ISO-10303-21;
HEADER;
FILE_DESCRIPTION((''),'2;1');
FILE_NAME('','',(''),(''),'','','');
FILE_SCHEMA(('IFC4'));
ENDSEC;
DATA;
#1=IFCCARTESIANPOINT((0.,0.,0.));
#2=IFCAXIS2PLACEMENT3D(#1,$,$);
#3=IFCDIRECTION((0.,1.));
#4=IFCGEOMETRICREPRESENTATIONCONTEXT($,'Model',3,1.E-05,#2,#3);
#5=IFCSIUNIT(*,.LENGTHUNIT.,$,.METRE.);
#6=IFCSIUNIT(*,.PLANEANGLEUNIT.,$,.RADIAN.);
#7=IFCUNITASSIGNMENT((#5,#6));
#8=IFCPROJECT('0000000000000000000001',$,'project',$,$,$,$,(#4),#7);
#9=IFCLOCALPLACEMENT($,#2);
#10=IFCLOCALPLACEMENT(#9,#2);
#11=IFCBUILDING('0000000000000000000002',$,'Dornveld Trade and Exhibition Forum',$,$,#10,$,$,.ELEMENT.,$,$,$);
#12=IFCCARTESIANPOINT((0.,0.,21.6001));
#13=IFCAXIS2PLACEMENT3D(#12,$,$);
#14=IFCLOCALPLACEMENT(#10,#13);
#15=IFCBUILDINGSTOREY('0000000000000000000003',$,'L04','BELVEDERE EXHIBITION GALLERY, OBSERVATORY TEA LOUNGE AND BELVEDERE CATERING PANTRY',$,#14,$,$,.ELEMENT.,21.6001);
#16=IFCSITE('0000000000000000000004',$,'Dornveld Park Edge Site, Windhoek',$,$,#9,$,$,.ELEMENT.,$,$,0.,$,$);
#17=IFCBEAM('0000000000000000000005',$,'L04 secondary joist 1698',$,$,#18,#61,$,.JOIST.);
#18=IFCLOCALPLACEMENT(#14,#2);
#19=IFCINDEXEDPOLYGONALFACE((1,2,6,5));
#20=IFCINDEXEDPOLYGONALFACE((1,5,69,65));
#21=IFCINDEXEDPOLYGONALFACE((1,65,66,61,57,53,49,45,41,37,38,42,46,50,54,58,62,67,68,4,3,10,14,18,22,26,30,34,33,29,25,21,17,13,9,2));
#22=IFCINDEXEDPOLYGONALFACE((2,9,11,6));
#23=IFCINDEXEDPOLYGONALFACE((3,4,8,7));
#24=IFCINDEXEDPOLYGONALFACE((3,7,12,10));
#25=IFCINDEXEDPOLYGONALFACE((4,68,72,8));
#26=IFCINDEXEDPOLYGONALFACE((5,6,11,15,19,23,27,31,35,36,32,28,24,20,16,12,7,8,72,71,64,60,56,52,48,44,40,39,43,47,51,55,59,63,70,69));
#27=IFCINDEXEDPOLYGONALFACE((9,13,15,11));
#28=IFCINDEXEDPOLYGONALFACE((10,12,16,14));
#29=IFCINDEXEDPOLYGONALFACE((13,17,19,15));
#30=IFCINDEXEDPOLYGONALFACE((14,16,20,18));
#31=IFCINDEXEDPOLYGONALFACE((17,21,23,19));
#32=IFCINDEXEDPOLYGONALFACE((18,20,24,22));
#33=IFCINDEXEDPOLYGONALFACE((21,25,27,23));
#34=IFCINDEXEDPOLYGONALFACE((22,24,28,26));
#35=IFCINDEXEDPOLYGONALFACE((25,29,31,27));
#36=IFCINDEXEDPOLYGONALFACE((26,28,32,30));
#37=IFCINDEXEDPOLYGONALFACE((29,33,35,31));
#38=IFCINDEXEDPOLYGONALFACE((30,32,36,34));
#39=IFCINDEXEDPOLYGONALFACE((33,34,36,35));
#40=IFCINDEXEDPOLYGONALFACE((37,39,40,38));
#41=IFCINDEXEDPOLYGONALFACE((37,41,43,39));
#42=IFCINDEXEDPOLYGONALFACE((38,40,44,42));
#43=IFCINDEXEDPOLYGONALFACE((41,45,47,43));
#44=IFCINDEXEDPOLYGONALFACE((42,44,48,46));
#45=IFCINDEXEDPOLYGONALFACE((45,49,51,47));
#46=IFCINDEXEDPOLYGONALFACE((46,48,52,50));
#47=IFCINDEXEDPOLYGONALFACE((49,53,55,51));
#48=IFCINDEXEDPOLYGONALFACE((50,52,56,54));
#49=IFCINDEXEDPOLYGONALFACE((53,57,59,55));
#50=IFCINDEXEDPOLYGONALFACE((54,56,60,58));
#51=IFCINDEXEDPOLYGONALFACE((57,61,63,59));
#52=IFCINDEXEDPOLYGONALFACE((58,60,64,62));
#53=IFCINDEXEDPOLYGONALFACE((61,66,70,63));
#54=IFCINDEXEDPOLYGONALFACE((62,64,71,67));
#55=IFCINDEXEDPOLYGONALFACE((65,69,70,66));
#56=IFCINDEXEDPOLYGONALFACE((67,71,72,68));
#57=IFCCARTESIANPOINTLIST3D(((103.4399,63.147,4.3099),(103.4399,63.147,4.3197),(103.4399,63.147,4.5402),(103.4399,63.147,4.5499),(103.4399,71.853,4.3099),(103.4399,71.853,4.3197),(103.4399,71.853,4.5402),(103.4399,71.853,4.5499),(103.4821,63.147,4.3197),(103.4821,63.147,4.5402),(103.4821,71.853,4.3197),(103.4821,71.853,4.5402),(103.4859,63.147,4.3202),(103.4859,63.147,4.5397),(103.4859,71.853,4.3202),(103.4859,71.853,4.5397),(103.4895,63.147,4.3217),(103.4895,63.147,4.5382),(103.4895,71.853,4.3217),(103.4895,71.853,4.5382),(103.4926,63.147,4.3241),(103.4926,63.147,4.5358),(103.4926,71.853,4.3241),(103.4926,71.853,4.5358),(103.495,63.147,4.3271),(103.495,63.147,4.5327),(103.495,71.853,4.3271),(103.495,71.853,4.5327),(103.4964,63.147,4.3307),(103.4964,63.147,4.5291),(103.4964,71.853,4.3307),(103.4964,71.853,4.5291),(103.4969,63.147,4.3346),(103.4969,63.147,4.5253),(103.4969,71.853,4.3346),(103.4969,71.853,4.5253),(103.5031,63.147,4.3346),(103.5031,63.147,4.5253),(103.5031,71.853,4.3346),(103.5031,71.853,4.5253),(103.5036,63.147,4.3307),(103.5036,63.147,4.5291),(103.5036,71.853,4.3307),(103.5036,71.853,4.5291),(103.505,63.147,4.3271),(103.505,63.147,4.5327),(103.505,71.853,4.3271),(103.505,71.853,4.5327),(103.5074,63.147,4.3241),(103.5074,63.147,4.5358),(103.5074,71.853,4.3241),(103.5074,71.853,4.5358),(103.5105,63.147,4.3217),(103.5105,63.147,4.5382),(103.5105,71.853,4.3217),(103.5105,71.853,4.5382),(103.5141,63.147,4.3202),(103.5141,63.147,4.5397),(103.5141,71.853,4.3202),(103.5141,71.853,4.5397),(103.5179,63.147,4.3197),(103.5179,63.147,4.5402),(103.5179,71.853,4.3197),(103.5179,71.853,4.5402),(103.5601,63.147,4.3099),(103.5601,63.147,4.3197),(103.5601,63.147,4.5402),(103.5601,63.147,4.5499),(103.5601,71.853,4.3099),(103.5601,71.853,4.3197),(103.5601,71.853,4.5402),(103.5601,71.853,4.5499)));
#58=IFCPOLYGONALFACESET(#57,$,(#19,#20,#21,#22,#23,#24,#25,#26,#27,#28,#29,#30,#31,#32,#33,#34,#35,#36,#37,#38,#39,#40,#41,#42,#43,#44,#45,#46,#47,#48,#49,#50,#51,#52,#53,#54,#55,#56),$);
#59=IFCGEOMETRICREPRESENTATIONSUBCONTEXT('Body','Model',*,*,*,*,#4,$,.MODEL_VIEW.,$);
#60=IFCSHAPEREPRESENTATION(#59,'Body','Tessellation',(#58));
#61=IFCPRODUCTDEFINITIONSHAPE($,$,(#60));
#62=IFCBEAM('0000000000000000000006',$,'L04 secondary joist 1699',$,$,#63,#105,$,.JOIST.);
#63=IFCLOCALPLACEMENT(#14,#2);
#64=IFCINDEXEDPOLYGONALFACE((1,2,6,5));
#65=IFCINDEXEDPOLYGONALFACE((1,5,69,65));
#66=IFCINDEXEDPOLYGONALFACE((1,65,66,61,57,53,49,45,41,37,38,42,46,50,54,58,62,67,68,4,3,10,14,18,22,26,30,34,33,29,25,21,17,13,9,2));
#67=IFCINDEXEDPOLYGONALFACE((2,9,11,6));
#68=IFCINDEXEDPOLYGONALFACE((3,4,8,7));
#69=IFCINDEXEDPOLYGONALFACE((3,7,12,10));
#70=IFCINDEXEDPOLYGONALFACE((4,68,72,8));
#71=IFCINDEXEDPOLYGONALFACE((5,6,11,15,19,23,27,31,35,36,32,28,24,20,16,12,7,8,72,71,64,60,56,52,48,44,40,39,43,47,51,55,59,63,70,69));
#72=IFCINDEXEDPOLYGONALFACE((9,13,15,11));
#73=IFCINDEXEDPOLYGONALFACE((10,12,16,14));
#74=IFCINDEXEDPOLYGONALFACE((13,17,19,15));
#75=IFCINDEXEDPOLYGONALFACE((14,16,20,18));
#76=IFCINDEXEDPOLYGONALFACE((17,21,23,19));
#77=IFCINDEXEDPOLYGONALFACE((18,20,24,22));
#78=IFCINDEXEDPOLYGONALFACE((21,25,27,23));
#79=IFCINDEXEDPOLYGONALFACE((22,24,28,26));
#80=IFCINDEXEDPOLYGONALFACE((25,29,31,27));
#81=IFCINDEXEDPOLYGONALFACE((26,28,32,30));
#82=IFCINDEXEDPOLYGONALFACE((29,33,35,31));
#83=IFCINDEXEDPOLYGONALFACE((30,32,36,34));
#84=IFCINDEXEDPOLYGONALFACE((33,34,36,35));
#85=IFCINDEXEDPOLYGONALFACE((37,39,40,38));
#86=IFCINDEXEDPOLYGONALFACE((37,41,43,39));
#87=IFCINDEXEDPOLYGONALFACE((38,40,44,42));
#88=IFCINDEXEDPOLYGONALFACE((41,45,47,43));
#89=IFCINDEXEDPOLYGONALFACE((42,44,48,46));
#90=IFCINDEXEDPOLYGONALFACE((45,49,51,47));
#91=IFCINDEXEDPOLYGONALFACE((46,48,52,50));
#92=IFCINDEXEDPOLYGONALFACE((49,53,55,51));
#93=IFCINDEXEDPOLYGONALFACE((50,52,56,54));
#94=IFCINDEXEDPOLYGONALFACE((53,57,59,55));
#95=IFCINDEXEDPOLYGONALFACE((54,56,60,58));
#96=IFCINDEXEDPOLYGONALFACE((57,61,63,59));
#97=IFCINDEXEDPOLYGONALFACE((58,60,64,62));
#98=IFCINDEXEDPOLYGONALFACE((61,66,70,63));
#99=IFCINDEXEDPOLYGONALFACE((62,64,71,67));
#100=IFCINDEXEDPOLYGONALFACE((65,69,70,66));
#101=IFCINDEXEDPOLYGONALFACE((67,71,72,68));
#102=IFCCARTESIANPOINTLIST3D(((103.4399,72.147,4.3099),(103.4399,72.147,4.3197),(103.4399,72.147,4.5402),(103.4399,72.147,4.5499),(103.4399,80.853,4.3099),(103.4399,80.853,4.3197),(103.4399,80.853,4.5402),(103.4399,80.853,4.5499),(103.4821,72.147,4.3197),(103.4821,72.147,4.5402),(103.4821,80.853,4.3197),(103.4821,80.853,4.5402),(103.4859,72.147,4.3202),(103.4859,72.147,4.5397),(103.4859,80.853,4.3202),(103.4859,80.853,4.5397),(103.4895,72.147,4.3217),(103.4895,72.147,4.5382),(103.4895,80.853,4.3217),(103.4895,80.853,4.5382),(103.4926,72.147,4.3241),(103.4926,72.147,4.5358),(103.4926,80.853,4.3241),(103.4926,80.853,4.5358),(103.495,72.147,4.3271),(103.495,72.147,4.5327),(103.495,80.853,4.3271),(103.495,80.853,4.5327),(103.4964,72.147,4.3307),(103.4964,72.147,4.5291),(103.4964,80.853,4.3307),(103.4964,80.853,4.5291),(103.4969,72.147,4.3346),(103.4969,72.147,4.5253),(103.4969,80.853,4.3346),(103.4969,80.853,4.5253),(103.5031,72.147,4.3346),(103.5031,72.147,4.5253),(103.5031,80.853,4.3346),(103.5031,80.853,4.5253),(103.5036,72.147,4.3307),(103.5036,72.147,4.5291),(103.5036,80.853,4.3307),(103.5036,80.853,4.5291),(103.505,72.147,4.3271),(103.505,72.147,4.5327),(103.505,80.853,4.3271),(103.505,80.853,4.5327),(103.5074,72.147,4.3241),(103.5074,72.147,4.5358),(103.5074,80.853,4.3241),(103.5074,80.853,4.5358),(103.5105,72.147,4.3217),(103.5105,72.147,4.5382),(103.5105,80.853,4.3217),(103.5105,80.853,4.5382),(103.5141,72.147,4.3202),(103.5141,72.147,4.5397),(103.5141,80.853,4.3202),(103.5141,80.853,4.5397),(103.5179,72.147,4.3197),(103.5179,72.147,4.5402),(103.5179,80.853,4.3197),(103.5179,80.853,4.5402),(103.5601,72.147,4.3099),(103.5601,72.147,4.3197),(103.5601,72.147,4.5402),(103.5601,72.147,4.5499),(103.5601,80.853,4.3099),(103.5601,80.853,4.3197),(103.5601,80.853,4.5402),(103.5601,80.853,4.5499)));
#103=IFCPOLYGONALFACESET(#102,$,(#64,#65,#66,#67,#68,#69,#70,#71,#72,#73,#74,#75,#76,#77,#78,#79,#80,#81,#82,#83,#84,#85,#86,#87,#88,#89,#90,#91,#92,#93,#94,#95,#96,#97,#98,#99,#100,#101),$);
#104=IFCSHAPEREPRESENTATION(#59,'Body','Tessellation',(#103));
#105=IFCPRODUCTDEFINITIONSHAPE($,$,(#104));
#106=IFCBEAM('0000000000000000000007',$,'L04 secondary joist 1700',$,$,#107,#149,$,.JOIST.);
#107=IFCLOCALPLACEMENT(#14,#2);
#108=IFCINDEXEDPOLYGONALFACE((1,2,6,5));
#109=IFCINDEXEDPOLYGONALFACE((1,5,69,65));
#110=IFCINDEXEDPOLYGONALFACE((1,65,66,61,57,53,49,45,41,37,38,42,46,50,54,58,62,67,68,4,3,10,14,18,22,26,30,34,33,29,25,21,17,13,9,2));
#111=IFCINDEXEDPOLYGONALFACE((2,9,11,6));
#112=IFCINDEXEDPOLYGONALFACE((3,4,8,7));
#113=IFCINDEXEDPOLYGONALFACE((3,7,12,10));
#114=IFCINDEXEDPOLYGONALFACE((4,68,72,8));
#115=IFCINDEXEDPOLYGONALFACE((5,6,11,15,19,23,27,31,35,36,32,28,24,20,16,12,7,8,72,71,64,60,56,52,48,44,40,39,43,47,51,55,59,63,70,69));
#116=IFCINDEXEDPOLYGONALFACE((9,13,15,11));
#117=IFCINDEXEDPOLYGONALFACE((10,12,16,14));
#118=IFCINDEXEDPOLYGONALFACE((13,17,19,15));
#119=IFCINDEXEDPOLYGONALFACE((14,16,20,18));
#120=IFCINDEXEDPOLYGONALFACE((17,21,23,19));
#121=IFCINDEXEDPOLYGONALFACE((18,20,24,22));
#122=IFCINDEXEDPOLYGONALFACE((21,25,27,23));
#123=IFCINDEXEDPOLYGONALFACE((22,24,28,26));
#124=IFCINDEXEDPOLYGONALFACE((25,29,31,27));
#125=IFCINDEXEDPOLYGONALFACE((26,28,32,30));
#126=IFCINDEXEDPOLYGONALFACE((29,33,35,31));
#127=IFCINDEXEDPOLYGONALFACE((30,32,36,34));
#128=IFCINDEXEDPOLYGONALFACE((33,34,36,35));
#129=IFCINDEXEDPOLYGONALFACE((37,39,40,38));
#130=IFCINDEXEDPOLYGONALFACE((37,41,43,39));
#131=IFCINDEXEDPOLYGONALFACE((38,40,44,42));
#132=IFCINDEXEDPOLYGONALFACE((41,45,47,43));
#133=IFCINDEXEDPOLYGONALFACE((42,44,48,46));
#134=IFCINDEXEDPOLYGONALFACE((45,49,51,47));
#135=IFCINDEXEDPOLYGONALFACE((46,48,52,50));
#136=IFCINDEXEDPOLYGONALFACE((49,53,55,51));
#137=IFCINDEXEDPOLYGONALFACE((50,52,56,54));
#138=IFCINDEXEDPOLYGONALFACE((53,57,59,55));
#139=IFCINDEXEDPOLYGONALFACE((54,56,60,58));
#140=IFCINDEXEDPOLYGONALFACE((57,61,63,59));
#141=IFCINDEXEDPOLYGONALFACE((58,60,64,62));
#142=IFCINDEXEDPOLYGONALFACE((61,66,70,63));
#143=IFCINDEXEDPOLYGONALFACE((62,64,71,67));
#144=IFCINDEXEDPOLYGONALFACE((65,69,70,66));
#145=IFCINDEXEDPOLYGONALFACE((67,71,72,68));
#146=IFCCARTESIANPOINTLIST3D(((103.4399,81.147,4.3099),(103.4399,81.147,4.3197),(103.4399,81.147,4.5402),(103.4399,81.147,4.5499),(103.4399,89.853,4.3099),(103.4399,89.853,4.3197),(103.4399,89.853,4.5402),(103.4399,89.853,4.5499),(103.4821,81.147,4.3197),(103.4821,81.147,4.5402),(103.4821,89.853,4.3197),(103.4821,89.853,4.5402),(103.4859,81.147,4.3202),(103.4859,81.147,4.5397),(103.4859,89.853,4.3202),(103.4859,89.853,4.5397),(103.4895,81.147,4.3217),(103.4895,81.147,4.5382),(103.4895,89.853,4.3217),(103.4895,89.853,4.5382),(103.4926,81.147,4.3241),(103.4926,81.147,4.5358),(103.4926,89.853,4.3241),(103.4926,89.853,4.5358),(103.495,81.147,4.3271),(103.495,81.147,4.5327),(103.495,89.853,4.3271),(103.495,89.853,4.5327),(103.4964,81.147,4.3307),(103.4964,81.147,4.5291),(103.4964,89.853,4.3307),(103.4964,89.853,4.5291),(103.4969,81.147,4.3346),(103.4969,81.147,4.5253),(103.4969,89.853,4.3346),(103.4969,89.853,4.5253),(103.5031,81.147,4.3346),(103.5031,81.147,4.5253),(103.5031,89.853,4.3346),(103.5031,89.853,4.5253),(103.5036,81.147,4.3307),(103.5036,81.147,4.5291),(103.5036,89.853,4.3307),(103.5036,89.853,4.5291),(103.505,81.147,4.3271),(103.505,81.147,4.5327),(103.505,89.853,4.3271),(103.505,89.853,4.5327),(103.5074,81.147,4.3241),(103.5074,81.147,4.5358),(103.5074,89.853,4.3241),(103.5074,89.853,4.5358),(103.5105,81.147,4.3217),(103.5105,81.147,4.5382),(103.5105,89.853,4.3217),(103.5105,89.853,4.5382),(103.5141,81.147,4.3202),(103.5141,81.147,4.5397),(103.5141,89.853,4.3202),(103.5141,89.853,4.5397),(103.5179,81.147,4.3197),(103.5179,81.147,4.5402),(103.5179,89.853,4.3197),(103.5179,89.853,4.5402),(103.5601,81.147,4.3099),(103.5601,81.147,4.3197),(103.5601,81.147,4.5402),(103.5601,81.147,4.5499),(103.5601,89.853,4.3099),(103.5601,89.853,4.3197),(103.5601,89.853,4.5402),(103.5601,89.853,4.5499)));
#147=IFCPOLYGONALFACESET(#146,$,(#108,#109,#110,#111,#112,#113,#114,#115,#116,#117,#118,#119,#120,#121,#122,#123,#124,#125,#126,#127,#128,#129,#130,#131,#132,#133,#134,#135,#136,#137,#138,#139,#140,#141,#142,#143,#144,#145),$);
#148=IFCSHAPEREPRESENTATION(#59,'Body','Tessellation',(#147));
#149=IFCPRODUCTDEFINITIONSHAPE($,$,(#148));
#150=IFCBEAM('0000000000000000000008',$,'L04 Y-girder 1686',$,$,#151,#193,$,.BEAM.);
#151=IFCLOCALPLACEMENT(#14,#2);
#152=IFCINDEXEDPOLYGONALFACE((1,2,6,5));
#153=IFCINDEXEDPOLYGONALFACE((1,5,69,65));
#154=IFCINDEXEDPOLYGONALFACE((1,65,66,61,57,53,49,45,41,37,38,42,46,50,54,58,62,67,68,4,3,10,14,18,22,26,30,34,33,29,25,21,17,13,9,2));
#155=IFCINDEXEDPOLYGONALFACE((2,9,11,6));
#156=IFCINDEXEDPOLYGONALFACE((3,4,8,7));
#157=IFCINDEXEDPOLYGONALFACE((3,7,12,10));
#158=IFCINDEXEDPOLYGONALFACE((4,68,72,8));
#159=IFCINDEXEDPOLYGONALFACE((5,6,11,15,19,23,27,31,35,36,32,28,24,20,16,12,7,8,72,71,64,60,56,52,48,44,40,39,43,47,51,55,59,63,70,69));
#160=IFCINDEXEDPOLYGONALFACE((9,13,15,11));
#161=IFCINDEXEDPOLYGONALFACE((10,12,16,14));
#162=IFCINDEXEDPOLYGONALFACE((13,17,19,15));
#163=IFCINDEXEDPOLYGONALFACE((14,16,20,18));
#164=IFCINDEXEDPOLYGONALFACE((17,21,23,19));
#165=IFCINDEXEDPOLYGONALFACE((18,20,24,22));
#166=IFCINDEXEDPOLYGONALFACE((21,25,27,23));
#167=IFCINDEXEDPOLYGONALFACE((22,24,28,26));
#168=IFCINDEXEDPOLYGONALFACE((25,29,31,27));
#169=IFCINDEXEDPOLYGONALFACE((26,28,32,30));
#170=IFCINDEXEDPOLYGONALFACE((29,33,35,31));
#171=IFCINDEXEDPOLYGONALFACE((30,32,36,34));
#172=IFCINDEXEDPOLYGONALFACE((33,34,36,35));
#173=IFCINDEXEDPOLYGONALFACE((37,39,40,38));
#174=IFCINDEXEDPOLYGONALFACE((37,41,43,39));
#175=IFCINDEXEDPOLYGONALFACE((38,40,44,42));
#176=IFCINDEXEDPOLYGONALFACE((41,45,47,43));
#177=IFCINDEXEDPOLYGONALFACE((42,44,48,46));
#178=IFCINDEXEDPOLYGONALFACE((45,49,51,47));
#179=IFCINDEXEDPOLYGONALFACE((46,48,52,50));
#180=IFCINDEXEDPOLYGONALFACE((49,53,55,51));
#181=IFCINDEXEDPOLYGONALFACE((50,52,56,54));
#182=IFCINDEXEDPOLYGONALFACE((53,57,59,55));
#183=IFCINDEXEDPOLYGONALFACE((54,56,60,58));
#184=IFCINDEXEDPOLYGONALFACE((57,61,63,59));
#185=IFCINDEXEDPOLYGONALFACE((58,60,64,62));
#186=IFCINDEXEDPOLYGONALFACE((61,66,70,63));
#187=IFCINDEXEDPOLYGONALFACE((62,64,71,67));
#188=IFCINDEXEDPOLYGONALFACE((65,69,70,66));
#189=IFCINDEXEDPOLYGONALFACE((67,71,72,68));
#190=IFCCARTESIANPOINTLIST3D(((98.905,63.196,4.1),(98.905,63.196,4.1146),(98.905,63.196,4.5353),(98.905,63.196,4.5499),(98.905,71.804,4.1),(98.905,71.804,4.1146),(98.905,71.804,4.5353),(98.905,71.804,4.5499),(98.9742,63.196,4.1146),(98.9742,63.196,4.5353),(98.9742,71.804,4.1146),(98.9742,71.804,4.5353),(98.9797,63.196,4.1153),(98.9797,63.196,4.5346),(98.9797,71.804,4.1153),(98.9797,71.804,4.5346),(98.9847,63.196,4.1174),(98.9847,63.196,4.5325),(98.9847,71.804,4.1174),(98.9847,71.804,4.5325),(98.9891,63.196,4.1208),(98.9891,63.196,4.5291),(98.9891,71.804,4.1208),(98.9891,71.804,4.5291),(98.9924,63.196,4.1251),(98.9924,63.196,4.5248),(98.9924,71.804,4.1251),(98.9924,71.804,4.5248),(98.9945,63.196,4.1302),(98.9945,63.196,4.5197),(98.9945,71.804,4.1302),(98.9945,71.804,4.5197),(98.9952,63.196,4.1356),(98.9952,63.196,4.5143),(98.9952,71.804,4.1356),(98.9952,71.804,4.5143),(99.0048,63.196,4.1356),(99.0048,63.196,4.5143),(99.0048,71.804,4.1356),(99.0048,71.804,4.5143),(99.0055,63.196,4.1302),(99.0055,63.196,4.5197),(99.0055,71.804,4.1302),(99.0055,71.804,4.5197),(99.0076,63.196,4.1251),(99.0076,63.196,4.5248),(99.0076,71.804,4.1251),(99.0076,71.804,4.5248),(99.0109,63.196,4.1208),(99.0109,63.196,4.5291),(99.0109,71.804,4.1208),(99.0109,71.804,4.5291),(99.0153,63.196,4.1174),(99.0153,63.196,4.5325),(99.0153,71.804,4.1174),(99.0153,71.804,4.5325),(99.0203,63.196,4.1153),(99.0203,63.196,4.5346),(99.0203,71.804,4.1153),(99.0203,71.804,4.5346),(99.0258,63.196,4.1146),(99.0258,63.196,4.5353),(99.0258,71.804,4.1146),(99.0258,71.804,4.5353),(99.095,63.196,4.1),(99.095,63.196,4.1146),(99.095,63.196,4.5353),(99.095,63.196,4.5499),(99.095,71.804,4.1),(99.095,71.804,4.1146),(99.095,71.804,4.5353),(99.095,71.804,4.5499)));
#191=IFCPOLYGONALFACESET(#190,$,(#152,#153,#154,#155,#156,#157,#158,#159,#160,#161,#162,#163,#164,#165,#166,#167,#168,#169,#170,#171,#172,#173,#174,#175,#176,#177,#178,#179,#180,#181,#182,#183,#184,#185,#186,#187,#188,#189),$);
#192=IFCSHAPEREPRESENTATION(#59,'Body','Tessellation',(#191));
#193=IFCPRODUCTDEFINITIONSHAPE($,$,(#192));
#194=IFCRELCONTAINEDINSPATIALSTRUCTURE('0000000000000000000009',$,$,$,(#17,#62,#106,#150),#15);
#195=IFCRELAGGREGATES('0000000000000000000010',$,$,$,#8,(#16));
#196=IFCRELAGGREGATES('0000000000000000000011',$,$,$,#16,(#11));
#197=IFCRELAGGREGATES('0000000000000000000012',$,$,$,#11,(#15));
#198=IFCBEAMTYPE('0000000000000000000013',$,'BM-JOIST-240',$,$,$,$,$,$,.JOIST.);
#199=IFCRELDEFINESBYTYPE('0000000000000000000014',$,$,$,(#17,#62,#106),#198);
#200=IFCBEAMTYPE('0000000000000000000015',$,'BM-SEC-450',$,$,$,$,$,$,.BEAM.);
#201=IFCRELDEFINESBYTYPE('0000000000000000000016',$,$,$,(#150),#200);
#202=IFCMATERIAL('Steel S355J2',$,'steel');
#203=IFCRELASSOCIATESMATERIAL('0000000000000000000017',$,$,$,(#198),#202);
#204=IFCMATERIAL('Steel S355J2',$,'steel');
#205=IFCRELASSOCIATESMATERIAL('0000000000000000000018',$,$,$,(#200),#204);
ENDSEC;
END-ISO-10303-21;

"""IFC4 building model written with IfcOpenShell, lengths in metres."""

from ifc_helpers import new_model, si_unit, direction, frame, origin, origin_2d, place, context, subcontext, project, spatial, i_section, extrude, material, material_profile, profile_set, type_object, element, save


model = new_model("IFC4")

# Units and contexts
model_context = context("Model", 3, precision=1e-05, world=origin(), true_north=direction((0.0, 1.0)))
body_context = subcontext(model_context, "Body", "Model", "MODEL_VIEW")
ifc_project = project(units=[si_unit("LENGTHUNIT", "METRE"), si_unit("PLANEANGLEUNIT", "RADIAN")], contexts=[model_context])

# Site, building, storey
site_placement = place(None, origin())
site = spatial("IfcSite", under=ifc_project, at=site_placement, Name="Dornveld Park Edge Site, Windhoek", CompositionType="ELEMENT", RefElevation=0.0)
building_placement = place(site_placement, origin())
building = spatial("IfcBuilding", under=site, at=building_placement, Name="Dornveld Trade and Exhibition Forum", CompositionType="ELEMENT")
storey_placement = place(building_placement, frame((0.0, 0.0, 21.6001)))
storey = spatial("IfcBuildingStorey", under=building, at=storey_placement, Name="L04", Description="BELVEDERE EXHIBITION GALLERY, OBSERVATORY TEA LOUNGE AND BELVEDERE CATERING PANTRY", CompositionType="ELEMENT", Elevation=21.6001)

# Beams
ifc_material_1 = material(Name="Steel S355J2", Category="steel")
ifc_material_profile_1 = material_profile(ifc_material_1, i_section(OverallWidth=0.1201, OverallDepth=0.24, WebThickness=0.0061, FlangeThickness=0.0098, FilletRadius=0.0149, at=origin_2d()), Name="IPE 240")
ifc_profile_set_1 = profile_set([ifc_material_profile_1], Name="Steel S355J2")
beam_type_1 = type_object("IfcBeamType", Name="BM-JOIST-240", PredefinedType="JOIST", material=ifc_profile_set_1)
for number, where, z_axis, x_axis, name in (
    (1, (103.5, 63.147, 4.4299), (0.0, 1.0, 0.0), (-1.0, 0.0, 0.0), "L04 secondary joist 1698"),
    (2, (103.5, 72.147, 4.4299), (0.0, 1.0, 0.0), (-1.0, 0.0, 0.0), "L04 secondary joist 1699"),
    (3, (103.5, 81.147, 4.4299), (0.0, 1.0, 0.0), (-1.0, 0.0, 0.0), "L04 secondary joist 1700"),
):
    element("IfcBeam", number, at=place(storey_placement, frame(where, z_axis=z_axis, x_axis=x_axis)), inside=storey, type_object=beam_type_1, Name=name, PredefinedType="JOIST", context=body_context, shape_type="SweptSolid", body=[
        extrude(i_section(OverallWidth=0.1201, OverallDepth=0.24, WebThickness=0.0061, FlangeThickness=0.0098, FilletRadius=0.0149, at=origin_2d()), origin(), (0.0, 0.0, 1.0), 8.7061),
    ])
ifc_material_2 = material(Name="Steel S355J2", Category="steel")
ifc_material_profile_2 = material_profile(ifc_material_2, i_section(OverallWidth=0.1899, OverallDepth=0.45, WebThickness=0.0095, FlangeThickness=0.0146, FilletRadius=0.021, at=origin_2d()), Name="IPE 450")
ifc_profile_set_2 = profile_set([ifc_material_profile_2], Name="Steel S355J2")
beam_type_2 = type_object("IfcBeamType", Name="BM-SEC-450", PredefinedType="BEAM", material=ifc_profile_set_2)
for number, where, z_axis, x_axis, name in (
    (4, (99.0, 63.196, 4.325), (0.0, 1.0, 0.0), (-1.0, 0.0, 0.0), "L04 Y-girder 1686"),
):
    element("IfcBeam", number, at=place(storey_placement, frame(where, z_axis=z_axis, x_axis=x_axis)), inside=storey, type_object=beam_type_2, Name=name, PredefinedType="BEAM", context=body_context, shape_type="SweptSolid", body=[
        extrude(i_section(OverallWidth=0.1899, OverallDepth=0.45, WebThickness=0.0095, FlangeThickness=0.0146, FilletRadius=0.021, at=origin_2d()), origin(), (0.0, 0.0, 1.0), 8.6079),
    ])

save(model, "model.ifc")
